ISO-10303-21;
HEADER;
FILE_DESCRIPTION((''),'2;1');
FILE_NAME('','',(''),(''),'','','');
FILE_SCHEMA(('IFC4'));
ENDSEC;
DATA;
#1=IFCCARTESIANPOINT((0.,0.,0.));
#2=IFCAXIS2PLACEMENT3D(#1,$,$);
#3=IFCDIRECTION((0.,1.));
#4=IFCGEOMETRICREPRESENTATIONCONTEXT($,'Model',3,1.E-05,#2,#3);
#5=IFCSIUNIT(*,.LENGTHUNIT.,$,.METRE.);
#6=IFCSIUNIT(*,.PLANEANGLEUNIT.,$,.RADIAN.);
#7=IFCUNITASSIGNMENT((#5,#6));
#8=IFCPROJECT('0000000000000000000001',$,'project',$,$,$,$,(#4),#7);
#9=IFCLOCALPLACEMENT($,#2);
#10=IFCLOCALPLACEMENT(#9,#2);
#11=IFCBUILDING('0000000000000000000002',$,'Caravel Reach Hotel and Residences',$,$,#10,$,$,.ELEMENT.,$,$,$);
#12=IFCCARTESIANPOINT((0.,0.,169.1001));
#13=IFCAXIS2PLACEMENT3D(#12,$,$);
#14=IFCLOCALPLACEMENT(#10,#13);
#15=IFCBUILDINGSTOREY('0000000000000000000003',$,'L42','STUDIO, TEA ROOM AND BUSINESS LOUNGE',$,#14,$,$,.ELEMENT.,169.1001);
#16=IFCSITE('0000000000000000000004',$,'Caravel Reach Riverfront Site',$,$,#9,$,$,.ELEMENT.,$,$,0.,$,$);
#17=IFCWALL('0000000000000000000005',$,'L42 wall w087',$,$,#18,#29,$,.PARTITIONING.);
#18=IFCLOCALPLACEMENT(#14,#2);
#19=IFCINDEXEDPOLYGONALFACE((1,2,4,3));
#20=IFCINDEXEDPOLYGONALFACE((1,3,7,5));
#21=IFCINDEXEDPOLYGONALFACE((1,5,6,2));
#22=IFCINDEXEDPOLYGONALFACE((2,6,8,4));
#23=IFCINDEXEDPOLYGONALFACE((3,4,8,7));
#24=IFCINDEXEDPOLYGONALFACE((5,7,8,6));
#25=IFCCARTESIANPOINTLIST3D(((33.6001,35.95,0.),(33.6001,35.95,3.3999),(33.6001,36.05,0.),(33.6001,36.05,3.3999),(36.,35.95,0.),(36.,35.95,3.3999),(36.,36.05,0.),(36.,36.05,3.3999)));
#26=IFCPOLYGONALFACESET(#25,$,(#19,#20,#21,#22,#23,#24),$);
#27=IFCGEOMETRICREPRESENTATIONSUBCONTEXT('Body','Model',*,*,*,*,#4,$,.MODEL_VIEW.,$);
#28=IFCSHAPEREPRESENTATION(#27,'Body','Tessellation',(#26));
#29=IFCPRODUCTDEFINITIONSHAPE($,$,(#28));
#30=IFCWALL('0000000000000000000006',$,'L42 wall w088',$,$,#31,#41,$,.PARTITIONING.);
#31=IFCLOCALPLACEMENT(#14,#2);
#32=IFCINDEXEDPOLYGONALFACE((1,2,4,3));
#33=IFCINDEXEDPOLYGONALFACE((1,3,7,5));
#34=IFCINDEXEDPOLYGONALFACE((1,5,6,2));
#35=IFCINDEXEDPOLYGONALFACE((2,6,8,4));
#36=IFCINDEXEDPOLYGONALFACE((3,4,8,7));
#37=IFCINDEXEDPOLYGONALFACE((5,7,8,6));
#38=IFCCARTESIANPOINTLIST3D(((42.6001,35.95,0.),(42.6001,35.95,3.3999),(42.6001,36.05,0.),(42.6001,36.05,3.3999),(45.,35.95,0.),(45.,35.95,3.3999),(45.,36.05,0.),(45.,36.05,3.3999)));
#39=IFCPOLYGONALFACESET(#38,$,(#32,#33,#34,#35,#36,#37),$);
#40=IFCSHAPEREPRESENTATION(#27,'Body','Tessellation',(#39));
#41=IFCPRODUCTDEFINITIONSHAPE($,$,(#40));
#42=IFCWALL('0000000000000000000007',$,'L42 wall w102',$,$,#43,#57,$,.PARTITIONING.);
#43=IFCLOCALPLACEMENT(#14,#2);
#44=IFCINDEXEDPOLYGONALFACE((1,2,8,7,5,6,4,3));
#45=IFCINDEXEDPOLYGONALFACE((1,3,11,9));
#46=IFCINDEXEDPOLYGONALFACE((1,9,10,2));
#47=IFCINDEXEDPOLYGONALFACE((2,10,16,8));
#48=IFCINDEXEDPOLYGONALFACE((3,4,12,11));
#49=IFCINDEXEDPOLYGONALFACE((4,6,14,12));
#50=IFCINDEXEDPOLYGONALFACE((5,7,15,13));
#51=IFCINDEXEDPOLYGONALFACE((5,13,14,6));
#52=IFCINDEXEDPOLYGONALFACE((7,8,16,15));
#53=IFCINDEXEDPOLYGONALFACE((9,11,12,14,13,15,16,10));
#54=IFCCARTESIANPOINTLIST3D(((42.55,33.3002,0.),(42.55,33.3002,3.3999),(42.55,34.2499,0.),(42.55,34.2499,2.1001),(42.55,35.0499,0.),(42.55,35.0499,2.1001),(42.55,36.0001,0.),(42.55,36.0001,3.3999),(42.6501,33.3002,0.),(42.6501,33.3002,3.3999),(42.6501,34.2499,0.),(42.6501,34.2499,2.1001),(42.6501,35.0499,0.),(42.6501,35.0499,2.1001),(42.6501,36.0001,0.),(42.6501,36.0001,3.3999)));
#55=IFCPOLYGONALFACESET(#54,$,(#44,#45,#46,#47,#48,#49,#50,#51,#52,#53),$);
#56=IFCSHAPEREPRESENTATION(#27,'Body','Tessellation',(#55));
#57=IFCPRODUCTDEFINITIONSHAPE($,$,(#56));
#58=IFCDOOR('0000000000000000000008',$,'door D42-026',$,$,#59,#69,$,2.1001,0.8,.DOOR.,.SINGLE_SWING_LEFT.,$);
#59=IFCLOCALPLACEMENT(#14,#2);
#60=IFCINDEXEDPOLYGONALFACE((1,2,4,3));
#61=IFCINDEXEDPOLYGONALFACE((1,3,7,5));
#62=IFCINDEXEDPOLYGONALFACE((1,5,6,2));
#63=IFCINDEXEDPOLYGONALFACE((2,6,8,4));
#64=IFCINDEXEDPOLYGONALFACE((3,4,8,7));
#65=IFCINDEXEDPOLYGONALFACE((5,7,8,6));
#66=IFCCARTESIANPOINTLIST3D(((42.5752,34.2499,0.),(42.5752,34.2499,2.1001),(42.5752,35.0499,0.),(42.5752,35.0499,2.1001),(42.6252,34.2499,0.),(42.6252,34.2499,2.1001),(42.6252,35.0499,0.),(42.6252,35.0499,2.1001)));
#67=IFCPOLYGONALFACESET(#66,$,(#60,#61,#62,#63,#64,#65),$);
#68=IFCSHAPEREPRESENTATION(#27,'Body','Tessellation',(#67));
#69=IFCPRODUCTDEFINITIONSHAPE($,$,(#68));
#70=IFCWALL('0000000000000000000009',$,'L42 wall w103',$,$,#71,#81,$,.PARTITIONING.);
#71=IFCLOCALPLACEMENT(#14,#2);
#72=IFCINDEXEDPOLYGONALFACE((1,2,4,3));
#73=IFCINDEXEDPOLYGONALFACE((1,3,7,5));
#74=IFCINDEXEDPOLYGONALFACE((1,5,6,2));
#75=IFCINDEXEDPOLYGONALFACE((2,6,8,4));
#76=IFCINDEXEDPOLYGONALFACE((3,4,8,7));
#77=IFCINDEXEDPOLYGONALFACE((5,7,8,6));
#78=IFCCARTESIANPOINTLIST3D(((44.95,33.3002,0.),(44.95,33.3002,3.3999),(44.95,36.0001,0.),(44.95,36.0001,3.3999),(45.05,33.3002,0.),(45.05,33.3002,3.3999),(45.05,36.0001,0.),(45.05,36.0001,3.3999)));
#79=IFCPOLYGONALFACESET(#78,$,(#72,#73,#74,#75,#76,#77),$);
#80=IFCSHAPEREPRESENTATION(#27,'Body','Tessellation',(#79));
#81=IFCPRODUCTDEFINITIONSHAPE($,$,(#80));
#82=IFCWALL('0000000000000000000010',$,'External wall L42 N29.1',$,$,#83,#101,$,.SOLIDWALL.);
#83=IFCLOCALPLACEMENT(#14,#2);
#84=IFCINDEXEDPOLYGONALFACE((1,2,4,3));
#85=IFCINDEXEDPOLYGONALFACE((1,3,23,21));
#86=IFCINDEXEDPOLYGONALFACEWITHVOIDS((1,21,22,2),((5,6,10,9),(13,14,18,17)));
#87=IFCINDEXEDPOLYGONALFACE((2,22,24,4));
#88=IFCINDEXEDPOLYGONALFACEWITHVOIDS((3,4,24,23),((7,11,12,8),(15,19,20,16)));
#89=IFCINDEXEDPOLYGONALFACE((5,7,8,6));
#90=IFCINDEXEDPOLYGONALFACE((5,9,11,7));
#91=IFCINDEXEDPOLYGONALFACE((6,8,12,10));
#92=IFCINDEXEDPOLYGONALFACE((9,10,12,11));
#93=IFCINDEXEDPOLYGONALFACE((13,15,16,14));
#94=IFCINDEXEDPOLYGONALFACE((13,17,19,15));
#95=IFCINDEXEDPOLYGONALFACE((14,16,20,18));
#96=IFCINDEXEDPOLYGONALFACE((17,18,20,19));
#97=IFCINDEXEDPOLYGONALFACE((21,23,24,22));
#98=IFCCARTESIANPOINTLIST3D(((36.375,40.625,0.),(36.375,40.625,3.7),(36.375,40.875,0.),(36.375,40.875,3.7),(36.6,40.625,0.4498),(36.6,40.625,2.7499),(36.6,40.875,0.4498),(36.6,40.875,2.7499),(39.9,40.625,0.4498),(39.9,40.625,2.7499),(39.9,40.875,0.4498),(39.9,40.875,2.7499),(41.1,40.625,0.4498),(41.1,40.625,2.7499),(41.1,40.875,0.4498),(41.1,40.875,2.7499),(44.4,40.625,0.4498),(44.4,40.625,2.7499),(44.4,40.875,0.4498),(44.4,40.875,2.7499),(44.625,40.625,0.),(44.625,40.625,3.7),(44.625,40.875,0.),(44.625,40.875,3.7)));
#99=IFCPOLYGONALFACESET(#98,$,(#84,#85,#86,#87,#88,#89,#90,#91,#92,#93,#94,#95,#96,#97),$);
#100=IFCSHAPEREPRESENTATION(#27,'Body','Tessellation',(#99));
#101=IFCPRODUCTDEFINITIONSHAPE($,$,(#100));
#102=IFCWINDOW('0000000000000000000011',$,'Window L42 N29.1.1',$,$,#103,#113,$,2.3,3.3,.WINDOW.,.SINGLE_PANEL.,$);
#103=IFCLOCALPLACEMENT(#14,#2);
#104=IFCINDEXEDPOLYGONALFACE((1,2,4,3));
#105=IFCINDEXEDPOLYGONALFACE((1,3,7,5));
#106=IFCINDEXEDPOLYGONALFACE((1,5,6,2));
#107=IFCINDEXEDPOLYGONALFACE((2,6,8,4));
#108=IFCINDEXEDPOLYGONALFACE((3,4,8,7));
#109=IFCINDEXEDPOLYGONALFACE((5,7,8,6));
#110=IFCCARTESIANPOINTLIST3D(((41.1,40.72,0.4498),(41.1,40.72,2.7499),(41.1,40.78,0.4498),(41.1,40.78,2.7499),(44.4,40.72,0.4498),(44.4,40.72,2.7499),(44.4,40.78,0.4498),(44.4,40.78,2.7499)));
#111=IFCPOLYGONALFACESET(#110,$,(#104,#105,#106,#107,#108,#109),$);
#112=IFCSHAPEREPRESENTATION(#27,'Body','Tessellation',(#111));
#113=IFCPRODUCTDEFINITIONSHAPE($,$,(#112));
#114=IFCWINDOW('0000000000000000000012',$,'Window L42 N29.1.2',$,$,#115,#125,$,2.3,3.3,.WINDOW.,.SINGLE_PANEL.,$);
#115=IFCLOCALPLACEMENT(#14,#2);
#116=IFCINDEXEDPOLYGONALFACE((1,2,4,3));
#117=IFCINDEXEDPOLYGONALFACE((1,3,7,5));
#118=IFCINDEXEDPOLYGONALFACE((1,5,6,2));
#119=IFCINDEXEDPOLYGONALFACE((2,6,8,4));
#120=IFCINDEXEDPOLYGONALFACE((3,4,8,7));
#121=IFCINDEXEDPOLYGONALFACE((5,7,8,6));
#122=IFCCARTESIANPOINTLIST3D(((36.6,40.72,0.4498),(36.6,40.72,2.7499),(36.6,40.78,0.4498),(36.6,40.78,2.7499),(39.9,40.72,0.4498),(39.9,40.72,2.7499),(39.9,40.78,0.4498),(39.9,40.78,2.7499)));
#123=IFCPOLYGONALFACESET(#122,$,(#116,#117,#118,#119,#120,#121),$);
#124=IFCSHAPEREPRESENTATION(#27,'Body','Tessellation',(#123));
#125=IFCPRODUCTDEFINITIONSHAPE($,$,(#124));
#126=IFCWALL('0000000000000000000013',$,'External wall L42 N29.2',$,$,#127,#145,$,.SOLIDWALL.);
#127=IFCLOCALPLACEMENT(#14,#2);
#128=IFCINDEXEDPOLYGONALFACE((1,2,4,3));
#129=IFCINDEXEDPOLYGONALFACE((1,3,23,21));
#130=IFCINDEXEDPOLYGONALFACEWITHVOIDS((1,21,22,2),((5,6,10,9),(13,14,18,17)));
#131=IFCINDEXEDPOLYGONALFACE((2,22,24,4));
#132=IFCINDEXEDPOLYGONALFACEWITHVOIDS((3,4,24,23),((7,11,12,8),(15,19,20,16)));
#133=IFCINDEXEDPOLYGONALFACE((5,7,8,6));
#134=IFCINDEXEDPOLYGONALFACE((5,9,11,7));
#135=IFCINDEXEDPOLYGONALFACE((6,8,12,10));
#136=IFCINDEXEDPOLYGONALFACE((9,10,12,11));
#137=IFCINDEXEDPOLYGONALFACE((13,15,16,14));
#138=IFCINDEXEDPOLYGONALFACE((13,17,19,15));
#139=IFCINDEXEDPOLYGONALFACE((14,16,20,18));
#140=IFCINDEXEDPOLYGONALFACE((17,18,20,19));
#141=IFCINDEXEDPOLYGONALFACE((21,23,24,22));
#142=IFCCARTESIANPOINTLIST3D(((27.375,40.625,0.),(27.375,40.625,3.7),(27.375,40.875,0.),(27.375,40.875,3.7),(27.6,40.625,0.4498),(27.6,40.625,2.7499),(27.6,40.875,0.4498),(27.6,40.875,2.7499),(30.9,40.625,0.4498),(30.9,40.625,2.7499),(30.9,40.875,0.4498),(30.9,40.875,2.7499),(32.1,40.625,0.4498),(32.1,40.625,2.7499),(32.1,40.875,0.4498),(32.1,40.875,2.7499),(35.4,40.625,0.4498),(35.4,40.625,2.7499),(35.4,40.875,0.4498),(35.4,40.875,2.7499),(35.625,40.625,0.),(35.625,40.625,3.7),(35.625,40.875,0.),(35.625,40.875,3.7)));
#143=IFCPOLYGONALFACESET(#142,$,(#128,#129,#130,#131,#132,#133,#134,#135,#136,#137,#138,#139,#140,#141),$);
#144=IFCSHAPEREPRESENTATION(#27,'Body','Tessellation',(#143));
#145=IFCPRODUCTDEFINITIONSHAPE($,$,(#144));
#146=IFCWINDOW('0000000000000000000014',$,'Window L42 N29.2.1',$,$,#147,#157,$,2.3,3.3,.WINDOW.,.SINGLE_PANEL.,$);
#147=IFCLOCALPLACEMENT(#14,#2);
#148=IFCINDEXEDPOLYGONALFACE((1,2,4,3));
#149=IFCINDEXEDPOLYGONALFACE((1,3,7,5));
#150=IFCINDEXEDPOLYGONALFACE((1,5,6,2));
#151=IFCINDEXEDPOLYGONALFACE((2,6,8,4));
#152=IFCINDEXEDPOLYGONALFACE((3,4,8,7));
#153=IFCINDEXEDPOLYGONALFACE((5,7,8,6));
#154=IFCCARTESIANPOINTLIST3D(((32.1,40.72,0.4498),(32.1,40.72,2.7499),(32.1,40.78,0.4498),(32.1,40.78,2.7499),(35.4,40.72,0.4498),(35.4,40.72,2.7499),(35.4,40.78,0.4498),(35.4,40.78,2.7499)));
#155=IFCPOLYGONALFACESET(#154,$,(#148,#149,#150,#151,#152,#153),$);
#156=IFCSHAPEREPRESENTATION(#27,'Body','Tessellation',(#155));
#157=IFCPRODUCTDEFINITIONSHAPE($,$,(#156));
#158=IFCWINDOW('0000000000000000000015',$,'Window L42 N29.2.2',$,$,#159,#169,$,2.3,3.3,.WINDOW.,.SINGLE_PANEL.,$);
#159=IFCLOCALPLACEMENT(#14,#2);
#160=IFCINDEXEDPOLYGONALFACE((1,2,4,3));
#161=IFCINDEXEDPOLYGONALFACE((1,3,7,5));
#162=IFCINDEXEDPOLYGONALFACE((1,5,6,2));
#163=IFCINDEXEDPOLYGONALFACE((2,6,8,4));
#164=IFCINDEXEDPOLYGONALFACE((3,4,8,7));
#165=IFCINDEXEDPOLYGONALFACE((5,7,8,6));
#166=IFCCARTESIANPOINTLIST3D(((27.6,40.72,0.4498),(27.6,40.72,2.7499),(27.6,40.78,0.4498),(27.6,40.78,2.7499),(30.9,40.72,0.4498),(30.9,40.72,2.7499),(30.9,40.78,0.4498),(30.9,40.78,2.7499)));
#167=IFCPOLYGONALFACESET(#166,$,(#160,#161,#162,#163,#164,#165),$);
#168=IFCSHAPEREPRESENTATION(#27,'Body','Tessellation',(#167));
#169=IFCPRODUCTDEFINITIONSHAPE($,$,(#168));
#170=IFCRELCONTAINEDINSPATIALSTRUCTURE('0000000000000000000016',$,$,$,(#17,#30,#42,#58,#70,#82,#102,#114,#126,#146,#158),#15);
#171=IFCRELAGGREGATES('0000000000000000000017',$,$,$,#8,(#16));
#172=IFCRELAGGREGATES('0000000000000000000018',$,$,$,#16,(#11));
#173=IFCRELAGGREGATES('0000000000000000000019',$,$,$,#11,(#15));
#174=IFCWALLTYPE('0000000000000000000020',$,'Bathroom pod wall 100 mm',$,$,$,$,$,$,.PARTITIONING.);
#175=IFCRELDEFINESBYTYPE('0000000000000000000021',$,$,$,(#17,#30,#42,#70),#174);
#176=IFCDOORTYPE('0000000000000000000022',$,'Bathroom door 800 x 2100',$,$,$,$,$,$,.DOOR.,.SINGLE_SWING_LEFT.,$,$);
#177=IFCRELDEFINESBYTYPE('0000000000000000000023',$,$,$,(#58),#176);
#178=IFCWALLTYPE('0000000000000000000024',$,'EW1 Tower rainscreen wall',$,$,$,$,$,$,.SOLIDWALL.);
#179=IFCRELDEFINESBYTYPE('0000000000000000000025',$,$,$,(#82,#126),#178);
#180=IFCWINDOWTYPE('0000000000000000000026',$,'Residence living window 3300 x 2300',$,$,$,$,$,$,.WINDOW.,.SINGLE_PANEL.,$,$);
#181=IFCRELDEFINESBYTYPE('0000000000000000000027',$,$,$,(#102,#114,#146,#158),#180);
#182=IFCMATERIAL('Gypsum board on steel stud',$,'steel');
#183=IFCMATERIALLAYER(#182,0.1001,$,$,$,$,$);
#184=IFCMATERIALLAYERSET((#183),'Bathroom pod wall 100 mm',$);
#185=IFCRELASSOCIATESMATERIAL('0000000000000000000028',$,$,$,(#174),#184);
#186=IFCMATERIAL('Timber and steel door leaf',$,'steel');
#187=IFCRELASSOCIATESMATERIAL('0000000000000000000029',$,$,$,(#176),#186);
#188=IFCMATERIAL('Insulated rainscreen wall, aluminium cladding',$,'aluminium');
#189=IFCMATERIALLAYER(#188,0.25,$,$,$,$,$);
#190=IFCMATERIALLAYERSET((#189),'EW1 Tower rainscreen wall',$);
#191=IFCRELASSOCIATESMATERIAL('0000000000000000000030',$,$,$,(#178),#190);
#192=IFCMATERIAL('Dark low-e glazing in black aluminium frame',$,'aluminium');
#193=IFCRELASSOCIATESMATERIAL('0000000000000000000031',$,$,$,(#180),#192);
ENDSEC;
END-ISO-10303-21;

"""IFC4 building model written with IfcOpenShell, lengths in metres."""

from ifc_helpers import new_model, si_unit, direction, frame, frame_2d, origin, place, context, subcontext, project, spatial, rectangle, extrude, material, layer, layer_set, type_object, element, fill, save


model = new_model("IFC4")

# Units and contexts
model_context = context("Model", 3, precision=1e-05, world=origin(), true_north=direction((0.0, 1.0)))
body_context = subcontext(model_context, "Body", "Model", "MODEL_VIEW")
ifc_project = project(units=[si_unit("LENGTHUNIT", "METRE"), si_unit("PLANEANGLEUNIT", "RADIAN")], contexts=[model_context])

# Site, building, storey
site_placement = place(None, origin())
site = spatial("IfcSite", under=ifc_project, at=site_placement, Name="Caravel Reach Riverfront Site", CompositionType="ELEMENT", RefElevation=0.0)
building_placement = place(site_placement, origin())
building = spatial("IfcBuilding", under=site, at=building_placement, Name="Caravel Reach Hotel and Residences", CompositionType="ELEMENT")
storey_placement = place(building_placement, frame((0.0, 0.0, 169.1001)))
storey = spatial("IfcBuildingStorey", under=building, at=storey_placement, Name="L42", Description="STUDIO, TEA ROOM AND BUSINESS LOUNGE", CompositionType="ELEMENT", Elevation=169.1001)

# Walls
ifc_material_1 = material(Name="Gypsum board on steel stud", Category="steel")
ifc_layer_1 = layer(ifc_material_1, 0.1001)
ifc_layer_set_1 = layer_set([ifc_layer_1], Name="Bathroom pod wall 100 mm")
wall_type_1 = type_object("IfcWallType", Name="Bathroom pod wall 100 mm", PredefinedType="PARTITIONING", material=ifc_layer_set_1)
for number, where, z_axis, x_axis, name in (
    (1, (33.6001, 36.0, 0.0), (0.0, 0.0, 1.0), (1.0, 0.0, 0.0), "L42 wall w087"),
    (2, (42.6001, 36.0, 0.0), (0.0, 0.0, 1.0), (1.0, 0.0, 0.0), "L42 wall w088"),
):
    element("IfcWall", number, at=place(storey_placement, frame(where, z_axis=z_axis, x_axis=x_axis)), inside=storey, type_object=wall_type_1, Name=name, PredefinedType="PARTITIONING", context=body_context, shape_type="SweptSolid", body=[
        extrude(rectangle(XDim=2.3999, YDim=0.1001, at=frame_2d((1.2, 0.0))), origin(), (0.0, 0.0, 1.0), 3.3999),
    ])

# Wall, opening, door
wall_1_placement = place(storey_placement, frame((42.6001, 33.3, 0.0), z_axis=(0.0, 0.0, 1.0), x_axis=(0.0, 1.0, 0.0)))
wall_1 = element("IfcWall", 3, at=wall_1_placement, inside=storey, type_object=wall_type_1, Name="L42 wall w102", PredefinedType="PARTITIONING", context=body_context, shape_type="SweptSolid", body=[
    extrude(rectangle(XDim=2.7, YDim=0.1001, at=frame_2d((1.3501, 0.0))), origin(), (0.0, 0.0, 1.0), 3.3999),
])
opening_1_placement = place(wall_1_placement, frame((0.95, 0.0, 0.0)))
opening_1 = element("IfcOpeningElement", 4, at=opening_1_placement, cuts=wall_1, PredefinedType="OPENING", context=body_context, shape_type="SweptSolid", body=[
    extrude(rectangle(XDim=0.8, YDim=2.1001, at=frame_2d((0.3999, 1.05))), frame((0.0, 0.0601, 0.0), z_axis=(0.0, -1.0, 0.0), x_axis=(1.0, 0.0, 0.0)), (0.0, 0.0, 1.0), 0.1201),
])
ifc_material_2 = material(Name="Timber and steel door leaf", Category="steel")
door_type_1 = type_object("IfcDoorType", Name="Bathroom door 800 x 2100", OperationType="SINGLE_SWING_LEFT", PredefinedType="DOOR", material=ifc_material_2)
door_1_placement = place(opening_1_placement, origin())
door_1 = element("IfcDoor", 5, at=door_1_placement, inside=storey, type_object=door_type_1, Name="door D42-026", OperationType="SINGLE_SWING_LEFT", OverallHeight=2.1001, OverallWidth=0.8, PredefinedType="DOOR", context=body_context, shape_type="SweptSolid", body=[
    extrude(rectangle(XDim=0.8, YDim=2.1001, at=frame_2d((0.3999, 1.05))), frame((0.0, 0.0249, 0.0), z_axis=(0.0, -1.0, 0.0), x_axis=(1.0, 0.0, 0.0)), (0.0, 0.0, 1.0), 0.05),
])
fill(opening_1, door_1)

# Wall
wall_2_placement = place(storey_placement, frame((45.0, 33.3, 0.0), z_axis=(0.0, 0.0, 1.0), x_axis=(0.0, 1.0, 0.0)))
element("IfcWall", 6, at=wall_2_placement, inside=storey, type_object=wall_type_1, Name="L42 wall w103", PredefinedType="PARTITIONING", context=body_context, shape_type="SweptSolid", body=[
    extrude(rectangle(XDim=2.7, YDim=0.1001, at=frame_2d((1.3501, 0.0))), origin(), (0.0, 0.0, 1.0), 3.3999),
])

# Walls, openings, windows
ifc_material_3 = material(Name="Insulated rainscreen wall, aluminium cladding", Category="aluminium")
ifc_layer_2 = layer(ifc_material_3, 0.25)
ifc_layer_set_2 = layer_set([ifc_layer_2], Name="EW1 Tower rainscreen wall")
wall_type_2 = type_object("IfcWallType", Name="EW1 Tower rainscreen wall", PredefinedType="SOLIDWALL", material=ifc_layer_set_2)
wall_3_placement = place(storey_placement, frame((44.625, 40.75, 0.0), z_axis=(0.0, 0.0, 1.0), x_axis=(-1.0, 0.0, 0.0)))
wall_3 = element("IfcWall", 7, at=wall_3_placement, inside=storey, type_object=wall_type_2, Name="External wall L42 N29.1", PredefinedType="SOLIDWALL", context=body_context, shape_type="SweptSolid", body=[
    extrude(rectangle(XDim=8.25, YDim=0.25, at=frame_2d((4.125, 0.0))), origin(), (0.0, 0.0, 1.0), 3.7),
])
opening_2_placement = place(wall_3_placement, frame((0.2251, 0.0, 0.45)))
opening_2 = element("IfcOpeningElement", 8, at=opening_2_placement, cuts=wall_3, PredefinedType="OPENING", context=body_context, shape_type="SweptSolid", body=[
    extrude(rectangle(XDim=3.3, YDim=2.3, at=frame_2d((1.6499, 1.1499))), frame((0.0, 0.135, 0.0), z_axis=(0.0, -1.0, 0.0), x_axis=(1.0, 0.0, 0.0)), (0.0, 0.0, 1.0), 0.27),
])
opening_3_placement = place(wall_3_placement, frame((4.7251, 0.0, 0.45)))
opening_3 = element("IfcOpeningElement", 9, at=opening_3_placement, cuts=wall_3, PredefinedType="OPENING", context=body_context, shape_type="SweptSolid", body=[
    extrude(rectangle(XDim=3.3, YDim=2.3, at=frame_2d((1.6499, 1.1499))), frame((0.0, 0.135, 0.0), z_axis=(0.0, -1.0, 0.0), x_axis=(1.0, 0.0, 0.0)), (0.0, 0.0, 1.0), 0.27),
])
ifc_material_4 = material(Name="Dark low-e glazing in black aluminium frame", Category="aluminium")
window_type = type_object("IfcWindowType", Name="Residence living window 3300 x 2300", PartitioningType="SINGLE_PANEL", PredefinedType="WINDOW", material=ifc_material_4)
window_1_placement = place(opening_2_placement, origin())
window_1 = element("IfcWindow", 10, at=window_1_placement, inside=storey, type_object=window_type, Name="Window L42 N29.1.1", OverallHeight=2.3, OverallWidth=3.3, PartitioningType="SINGLE_PANEL", PredefinedType="WINDOW", context=body_context, shape_type="SweptSolid", body=[
    extrude(rectangle(XDim=3.3, YDim=2.3, at=frame_2d((1.6499, 1.1499))), frame((0.0, 0.03, 0.0), z_axis=(0.0, -1.0, 0.0), x_axis=(1.0, 0.0, 0.0)), (0.0, 0.0, 1.0), 0.0601),
])
fill(opening_2, window_1)
window_2_placement = place(opening_3_placement, origin())
window_2 = element("IfcWindow", 11, at=window_2_placement, inside=storey, type_object=window_type, Name="Window L42 N29.1.2", OverallHeight=2.3, OverallWidth=3.3, PartitioningType="SINGLE_PANEL", PredefinedType="WINDOW", context=body_context, shape_type="SweptSolid", body=[
    extrude(rectangle(XDim=3.3, YDim=2.3, at=frame_2d((1.6499, 1.1499))), frame((0.0, 0.03, 0.0), z_axis=(0.0, -1.0, 0.0), x_axis=(1.0, 0.0, 0.0)), (0.0, 0.0, 1.0), 0.0601),
])
fill(opening_3, window_2)
wall_4_placement = place(storey_placement, frame((35.625, 40.75, 0.0), z_axis=(0.0, 0.0, 1.0), x_axis=(-1.0, 0.0, 0.0)))
wall_4 = element("IfcWall", 12, at=wall_4_placement, inside=storey, type_object=wall_type_2, Name="External wall L42 N29.2", PredefinedType="SOLIDWALL", context=body_context, shape_type="SweptSolid", body=[
    extrude(rectangle(XDim=8.25, YDim=0.25, at=frame_2d((4.125, 0.0))), origin(), (0.0, 0.0, 1.0), 3.7),
])
opening_4_placement = place(wall_4_placement, frame((0.2251, 0.0, 0.45)))
opening_4 = element("IfcOpeningElement", 13, at=opening_4_placement, cuts=wall_4, PredefinedType="OPENING", context=body_context, shape_type="SweptSolid", body=[
    extrude(rectangle(XDim=3.3, YDim=2.3, at=frame_2d((1.6499, 1.1499))), frame((0.0, 0.135, 0.0), z_axis=(0.0, -1.0, 0.0), x_axis=(1.0, 0.0, 0.0)), (0.0, 0.0, 1.0), 0.27),
])
opening_5_placement = place(wall_4_placement, frame((4.7251, 0.0, 0.45)))
opening_5 = element("IfcOpeningElement", 14, at=opening_5_placement, cuts=wall_4, PredefinedType="OPENING", context=body_context, shape_type="SweptSolid", body=[
    extrude(rectangle(XDim=3.3, YDim=2.3, at=frame_2d((1.6499, 1.1499))), frame((0.0, 0.135, 0.0), z_axis=(0.0, -1.0, 0.0), x_axis=(1.0, 0.0, 0.0)), (0.0, 0.0, 1.0), 0.27),
])
window_3_placement = place(opening_4_placement, origin())
window_3 = element("IfcWindow", 15, at=window_3_placement, inside=storey, type_object=window_type, Name="Window L42 N29.2.1", OverallHeight=2.3, OverallWidth=3.3, PartitioningType="SINGLE_PANEL", PredefinedType="WINDOW", context=body_context, shape_type="SweptSolid", body=[
    extrude(rectangle(XDim=3.3, YDim=2.3, at=frame_2d((1.6499, 1.1499))), frame((0.0, 0.03, 0.0), z_axis=(0.0, -1.0, 0.0), x_axis=(1.0, 0.0, 0.0)), (0.0, 0.0, 1.0), 0.0601),
])
fill(opening_4, window_3)
window_4_placement = place(opening_5_placement, origin())
window_4 = element("IfcWindow", 16, at=window_4_placement, inside=storey, type_object=window_type, Name="Window L42 N29.2.2", OverallHeight=2.3, OverallWidth=3.3, PartitioningType="SINGLE_PANEL", PredefinedType="WINDOW", context=body_context, shape_type="SweptSolid", body=[
    extrude(rectangle(XDim=3.3, YDim=2.3, at=frame_2d((1.6499, 1.1499))), frame((0.0, 0.03, 0.0), z_axis=(0.0, -1.0, 0.0), x_axis=(1.0, 0.0, 0.0)), (0.0, 0.0, 1.0), 0.0601),
])
fill(opening_5, window_4)

save(model, "model.ifc")
